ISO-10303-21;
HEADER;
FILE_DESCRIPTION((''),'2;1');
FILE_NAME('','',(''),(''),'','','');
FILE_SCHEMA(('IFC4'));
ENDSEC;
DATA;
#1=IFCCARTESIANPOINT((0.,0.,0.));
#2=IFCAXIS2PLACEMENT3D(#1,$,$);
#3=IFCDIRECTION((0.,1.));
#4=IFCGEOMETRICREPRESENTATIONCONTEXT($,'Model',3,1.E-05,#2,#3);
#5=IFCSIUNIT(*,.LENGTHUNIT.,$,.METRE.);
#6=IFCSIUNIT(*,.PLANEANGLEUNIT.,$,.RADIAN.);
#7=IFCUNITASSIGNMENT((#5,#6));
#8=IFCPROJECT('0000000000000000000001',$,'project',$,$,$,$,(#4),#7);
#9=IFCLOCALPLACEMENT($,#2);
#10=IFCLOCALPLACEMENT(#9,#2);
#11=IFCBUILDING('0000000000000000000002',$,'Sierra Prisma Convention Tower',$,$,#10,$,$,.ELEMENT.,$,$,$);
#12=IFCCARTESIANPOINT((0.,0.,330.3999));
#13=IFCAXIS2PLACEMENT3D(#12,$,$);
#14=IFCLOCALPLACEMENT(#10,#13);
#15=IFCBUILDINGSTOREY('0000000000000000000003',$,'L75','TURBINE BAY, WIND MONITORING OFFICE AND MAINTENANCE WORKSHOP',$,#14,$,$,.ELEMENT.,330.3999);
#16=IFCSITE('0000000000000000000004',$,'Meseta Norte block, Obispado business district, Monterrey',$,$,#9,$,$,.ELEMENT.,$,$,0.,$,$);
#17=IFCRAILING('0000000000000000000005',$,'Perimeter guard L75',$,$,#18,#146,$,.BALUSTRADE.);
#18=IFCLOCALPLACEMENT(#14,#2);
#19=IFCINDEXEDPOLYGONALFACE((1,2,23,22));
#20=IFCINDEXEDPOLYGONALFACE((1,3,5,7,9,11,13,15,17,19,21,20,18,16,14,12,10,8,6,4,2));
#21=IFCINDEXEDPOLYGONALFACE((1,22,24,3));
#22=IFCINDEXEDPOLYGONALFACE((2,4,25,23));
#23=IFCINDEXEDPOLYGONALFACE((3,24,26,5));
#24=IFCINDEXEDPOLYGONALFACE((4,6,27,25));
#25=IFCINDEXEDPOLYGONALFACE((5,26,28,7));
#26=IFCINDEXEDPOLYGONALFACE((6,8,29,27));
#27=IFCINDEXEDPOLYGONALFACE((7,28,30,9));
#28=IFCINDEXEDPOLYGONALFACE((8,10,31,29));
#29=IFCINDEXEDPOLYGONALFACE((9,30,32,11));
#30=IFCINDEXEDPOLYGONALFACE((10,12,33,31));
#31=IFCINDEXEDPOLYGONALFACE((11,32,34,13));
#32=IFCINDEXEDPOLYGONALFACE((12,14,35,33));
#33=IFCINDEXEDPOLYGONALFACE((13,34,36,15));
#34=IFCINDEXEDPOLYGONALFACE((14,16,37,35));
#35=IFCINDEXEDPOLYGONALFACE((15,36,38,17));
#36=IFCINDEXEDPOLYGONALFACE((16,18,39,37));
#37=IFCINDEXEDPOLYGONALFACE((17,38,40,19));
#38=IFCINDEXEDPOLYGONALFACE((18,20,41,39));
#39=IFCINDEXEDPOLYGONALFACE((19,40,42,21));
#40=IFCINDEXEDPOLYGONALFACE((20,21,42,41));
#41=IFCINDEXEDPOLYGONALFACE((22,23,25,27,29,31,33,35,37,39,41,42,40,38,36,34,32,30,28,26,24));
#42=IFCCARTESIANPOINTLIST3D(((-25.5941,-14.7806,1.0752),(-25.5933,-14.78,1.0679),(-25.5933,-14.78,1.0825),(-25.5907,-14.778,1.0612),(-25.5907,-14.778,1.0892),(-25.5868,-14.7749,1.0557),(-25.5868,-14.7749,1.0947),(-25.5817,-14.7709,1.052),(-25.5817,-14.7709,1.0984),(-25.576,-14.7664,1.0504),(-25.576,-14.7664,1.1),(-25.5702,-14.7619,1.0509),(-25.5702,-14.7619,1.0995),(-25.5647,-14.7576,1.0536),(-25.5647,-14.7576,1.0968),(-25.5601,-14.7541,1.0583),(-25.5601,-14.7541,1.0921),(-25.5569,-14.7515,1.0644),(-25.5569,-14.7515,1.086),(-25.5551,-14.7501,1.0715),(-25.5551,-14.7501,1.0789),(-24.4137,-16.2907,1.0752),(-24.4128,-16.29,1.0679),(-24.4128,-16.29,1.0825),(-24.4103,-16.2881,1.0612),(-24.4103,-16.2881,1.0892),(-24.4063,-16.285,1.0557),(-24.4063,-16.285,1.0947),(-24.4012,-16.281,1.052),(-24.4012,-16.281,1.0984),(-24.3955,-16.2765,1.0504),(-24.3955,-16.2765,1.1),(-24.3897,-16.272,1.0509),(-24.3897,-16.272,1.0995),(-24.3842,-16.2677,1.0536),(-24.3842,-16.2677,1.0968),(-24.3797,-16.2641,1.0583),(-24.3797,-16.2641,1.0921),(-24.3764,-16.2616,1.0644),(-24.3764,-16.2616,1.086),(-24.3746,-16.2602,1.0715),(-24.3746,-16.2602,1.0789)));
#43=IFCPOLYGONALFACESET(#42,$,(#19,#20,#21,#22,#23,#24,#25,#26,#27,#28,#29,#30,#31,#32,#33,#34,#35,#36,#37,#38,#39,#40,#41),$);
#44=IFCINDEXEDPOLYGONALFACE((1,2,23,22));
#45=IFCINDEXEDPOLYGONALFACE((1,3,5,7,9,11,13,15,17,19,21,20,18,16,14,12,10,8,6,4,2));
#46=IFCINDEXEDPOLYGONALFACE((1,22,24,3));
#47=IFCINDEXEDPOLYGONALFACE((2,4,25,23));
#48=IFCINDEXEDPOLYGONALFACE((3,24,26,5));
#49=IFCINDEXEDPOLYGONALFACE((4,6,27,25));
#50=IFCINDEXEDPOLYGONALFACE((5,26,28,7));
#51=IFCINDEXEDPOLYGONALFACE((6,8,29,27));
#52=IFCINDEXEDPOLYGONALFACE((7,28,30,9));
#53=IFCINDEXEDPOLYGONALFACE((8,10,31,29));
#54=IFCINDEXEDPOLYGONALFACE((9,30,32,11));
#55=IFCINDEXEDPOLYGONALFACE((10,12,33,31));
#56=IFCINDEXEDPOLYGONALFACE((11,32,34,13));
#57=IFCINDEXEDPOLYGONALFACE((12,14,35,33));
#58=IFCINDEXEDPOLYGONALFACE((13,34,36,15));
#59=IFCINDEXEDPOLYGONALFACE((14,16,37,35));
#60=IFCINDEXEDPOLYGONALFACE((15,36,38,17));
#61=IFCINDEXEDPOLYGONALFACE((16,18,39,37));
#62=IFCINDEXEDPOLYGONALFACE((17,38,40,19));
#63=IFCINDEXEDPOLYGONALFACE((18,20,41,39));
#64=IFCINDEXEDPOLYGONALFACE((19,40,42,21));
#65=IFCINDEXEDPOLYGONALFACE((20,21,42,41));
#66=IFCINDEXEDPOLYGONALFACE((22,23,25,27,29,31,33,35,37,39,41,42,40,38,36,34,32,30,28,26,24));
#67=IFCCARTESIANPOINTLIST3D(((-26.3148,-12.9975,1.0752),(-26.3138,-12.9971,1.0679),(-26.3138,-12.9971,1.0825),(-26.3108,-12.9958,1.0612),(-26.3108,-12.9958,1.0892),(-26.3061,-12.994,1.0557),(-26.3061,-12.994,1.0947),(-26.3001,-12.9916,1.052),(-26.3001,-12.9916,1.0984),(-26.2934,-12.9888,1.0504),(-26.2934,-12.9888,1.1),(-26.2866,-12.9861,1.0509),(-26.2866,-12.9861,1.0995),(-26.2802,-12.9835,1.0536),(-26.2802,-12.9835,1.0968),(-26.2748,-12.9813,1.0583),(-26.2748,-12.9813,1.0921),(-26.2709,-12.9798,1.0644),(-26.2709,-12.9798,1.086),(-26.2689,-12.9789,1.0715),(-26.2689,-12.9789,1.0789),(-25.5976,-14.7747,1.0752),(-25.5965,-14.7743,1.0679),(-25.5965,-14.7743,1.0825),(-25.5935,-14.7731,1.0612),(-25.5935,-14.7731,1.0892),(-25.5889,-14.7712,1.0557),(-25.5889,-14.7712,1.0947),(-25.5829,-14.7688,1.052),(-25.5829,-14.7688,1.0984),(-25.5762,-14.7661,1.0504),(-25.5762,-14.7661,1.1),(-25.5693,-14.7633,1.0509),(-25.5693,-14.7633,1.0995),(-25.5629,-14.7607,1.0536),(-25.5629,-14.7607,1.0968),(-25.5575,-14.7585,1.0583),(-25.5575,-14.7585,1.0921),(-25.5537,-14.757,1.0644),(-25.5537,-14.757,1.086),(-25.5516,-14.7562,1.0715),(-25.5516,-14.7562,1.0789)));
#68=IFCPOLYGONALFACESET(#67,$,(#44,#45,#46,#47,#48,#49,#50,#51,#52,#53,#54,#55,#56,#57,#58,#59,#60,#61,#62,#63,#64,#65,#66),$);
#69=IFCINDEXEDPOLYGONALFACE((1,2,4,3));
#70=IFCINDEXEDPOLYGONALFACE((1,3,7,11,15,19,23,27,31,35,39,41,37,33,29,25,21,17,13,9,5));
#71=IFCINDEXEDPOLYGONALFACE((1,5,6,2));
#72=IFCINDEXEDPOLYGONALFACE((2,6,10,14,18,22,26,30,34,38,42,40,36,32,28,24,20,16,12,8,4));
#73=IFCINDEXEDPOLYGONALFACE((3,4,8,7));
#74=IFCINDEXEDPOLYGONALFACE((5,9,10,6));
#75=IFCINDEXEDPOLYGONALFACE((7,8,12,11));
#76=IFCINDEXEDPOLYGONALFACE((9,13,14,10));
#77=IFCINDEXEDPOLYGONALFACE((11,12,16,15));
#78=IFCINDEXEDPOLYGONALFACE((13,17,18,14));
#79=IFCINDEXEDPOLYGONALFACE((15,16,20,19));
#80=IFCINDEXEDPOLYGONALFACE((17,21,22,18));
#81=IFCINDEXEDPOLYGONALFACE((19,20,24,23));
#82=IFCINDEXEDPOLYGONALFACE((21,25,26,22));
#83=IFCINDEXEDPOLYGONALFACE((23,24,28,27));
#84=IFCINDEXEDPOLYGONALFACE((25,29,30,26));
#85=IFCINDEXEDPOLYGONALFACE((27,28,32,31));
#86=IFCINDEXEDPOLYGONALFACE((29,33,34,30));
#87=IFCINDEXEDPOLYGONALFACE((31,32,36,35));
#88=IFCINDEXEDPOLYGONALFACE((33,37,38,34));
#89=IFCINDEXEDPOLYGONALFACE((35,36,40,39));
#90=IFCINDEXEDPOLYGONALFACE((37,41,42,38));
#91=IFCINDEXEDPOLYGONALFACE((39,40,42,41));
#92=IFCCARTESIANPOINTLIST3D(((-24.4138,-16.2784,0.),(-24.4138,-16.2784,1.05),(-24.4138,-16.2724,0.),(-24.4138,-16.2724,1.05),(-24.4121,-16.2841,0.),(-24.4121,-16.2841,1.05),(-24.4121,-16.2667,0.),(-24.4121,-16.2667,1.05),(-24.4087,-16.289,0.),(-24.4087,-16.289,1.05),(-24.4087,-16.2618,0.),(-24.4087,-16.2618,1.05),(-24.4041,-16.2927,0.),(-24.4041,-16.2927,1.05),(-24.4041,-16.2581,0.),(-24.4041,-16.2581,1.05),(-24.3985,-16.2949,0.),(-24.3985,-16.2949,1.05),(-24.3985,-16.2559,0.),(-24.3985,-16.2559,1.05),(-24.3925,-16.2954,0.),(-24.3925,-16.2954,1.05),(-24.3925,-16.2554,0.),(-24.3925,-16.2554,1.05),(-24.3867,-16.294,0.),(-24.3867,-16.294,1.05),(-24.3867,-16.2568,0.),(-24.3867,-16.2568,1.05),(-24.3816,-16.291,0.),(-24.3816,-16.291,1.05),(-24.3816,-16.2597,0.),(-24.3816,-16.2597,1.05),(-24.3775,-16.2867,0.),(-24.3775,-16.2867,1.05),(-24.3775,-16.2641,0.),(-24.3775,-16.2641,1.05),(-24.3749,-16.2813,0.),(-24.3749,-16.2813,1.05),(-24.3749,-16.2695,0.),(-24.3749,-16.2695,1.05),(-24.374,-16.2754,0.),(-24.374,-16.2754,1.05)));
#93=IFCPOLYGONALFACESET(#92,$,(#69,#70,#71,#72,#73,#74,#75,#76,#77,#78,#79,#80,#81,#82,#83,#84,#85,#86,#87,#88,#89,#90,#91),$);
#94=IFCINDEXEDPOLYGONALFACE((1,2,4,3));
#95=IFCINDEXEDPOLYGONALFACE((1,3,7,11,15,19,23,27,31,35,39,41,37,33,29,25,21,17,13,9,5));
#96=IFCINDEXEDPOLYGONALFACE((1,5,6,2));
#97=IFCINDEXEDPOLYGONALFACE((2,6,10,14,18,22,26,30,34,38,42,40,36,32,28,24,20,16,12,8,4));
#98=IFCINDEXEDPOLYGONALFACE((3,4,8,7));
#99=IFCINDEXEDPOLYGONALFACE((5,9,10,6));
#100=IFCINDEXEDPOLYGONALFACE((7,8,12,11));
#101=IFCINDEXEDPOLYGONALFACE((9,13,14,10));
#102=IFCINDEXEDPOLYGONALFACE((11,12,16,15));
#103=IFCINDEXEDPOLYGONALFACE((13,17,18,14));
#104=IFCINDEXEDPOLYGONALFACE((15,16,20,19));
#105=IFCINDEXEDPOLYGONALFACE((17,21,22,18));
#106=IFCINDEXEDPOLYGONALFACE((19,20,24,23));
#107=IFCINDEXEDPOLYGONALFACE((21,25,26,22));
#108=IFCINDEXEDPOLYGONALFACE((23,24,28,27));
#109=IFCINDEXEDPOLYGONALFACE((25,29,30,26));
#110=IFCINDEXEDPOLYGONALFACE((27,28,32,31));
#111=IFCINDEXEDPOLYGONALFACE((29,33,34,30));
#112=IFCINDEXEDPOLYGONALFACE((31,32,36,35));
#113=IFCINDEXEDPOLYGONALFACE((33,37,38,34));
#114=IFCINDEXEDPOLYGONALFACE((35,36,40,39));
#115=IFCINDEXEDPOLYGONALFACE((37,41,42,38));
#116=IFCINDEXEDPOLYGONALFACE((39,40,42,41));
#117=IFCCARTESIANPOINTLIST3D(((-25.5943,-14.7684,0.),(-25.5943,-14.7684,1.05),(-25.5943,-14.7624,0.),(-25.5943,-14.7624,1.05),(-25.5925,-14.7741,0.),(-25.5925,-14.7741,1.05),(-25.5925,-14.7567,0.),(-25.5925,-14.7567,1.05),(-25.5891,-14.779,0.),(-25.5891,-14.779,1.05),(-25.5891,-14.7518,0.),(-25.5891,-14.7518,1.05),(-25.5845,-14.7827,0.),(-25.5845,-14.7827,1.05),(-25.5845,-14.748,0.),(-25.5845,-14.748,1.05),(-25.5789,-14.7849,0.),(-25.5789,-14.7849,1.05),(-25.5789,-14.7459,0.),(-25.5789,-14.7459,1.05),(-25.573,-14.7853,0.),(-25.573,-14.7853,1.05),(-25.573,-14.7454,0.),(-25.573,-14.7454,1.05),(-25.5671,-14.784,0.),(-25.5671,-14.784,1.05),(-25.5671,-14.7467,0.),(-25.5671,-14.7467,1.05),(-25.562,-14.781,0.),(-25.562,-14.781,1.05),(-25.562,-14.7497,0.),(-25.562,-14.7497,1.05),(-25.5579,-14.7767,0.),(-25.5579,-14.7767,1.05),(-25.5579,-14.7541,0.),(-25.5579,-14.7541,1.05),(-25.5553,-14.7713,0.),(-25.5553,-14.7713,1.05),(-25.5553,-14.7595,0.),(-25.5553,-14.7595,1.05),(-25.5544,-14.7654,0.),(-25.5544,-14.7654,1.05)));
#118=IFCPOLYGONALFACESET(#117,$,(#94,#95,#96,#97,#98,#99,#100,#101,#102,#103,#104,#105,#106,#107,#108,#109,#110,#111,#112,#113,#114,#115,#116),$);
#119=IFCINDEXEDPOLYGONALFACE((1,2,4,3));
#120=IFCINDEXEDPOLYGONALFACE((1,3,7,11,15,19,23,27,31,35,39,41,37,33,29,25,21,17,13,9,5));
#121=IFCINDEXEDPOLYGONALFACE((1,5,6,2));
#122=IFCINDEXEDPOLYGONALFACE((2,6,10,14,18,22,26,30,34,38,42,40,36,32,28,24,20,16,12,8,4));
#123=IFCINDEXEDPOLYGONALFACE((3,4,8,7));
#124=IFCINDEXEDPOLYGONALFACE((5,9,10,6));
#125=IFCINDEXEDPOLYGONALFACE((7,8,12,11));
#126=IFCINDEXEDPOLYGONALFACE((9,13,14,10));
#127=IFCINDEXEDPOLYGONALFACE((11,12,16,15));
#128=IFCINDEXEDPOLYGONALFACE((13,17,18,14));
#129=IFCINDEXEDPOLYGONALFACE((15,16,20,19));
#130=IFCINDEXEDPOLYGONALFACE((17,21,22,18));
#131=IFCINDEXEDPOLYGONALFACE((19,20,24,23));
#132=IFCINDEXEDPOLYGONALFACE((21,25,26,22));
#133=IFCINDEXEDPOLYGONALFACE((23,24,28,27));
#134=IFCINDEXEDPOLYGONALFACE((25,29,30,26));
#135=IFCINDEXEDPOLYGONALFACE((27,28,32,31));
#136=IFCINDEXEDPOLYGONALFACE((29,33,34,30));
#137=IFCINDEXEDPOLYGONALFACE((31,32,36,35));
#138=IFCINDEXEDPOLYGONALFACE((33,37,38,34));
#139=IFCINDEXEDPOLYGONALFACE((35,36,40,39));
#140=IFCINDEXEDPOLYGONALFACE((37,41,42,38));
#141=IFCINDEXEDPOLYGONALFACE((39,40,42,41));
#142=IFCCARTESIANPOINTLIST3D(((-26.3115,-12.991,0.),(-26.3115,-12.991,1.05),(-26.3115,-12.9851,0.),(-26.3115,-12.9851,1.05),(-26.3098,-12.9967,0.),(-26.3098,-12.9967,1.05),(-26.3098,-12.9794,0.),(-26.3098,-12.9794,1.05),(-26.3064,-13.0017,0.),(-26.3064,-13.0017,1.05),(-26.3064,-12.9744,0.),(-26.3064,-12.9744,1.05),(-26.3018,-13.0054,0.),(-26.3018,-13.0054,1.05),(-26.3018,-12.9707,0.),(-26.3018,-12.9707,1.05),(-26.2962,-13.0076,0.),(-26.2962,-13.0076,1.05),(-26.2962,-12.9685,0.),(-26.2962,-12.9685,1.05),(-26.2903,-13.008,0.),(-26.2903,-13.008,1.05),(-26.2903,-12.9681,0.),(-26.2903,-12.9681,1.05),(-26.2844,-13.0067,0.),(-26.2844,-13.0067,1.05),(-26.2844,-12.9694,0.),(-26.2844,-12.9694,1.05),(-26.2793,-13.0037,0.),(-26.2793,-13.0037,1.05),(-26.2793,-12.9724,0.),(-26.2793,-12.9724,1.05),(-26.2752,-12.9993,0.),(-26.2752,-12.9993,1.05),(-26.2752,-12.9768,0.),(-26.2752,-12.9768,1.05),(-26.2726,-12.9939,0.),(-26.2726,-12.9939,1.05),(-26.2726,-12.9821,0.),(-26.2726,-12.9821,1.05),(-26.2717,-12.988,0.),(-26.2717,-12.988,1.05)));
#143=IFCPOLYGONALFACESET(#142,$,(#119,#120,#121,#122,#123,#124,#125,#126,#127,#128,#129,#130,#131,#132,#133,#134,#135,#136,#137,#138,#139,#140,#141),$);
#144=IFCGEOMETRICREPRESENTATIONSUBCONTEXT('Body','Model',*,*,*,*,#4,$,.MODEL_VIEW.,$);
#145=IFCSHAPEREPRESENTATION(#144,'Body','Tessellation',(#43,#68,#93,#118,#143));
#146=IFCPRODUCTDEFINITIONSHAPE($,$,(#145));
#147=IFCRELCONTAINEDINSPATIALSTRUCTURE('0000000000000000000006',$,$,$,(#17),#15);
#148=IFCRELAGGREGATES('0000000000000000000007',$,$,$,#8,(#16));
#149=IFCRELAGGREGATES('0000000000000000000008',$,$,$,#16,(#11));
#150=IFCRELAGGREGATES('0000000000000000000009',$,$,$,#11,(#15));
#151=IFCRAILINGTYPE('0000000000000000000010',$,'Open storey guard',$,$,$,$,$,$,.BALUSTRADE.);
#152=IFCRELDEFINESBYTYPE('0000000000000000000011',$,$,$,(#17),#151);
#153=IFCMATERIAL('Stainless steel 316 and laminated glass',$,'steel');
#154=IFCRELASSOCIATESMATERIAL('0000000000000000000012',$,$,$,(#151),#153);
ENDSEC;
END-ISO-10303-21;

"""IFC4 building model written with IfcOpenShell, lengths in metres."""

from ifc_helpers import new_model, si_unit, direction, frame, origin, origin_2d, place, context, subcontext, project, spatial, circle, extrude, material, type_object, element, save


model = new_model("IFC4")

# Units and contexts
model_context = context("Model", 3, precision=1e-05, world=origin(), true_north=direction((0.0, 1.0)))
body_context = subcontext(model_context, "Body", "Model", "MODEL_VIEW")
ifc_project = project(units=[si_unit("LENGTHUNIT", "METRE"), si_unit("PLANEANGLEUNIT", "RADIAN")], contexts=[model_context])

# Site, building, storey
site_placement = place(None, origin())
site = spatial("IfcSite", under=ifc_project, at=site_placement, Name="Meseta Norte block, Obispado business district, Monterrey", CompositionType="ELEMENT", RefElevation=0.0)
building_placement = place(site_placement, origin())
building = spatial("IfcBuilding", under=site, at=building_placement, Name="Sierra Prisma Convention Tower", CompositionType="ELEMENT")
storey_placement = place(building_placement, frame((0.0, 0.0, 330.3999)))
storey = spatial("IfcBuildingStorey", under=building, at=storey_placement, Name="L75", Description="TURBINE BAY, WIND MONITORING OFFICE AND MAINTENANCE WORKSHOP", CompositionType="ELEMENT", Elevation=330.3999)

# Railing
ifc_material_1 = material(Name="Stainless steel 316 and laminated glass", Category="steel")
railing_type = type_object("IfcRailingType", Name="Open storey guard", PredefinedType="BALUSTRADE", material=ifc_material_1)
railing_1_placement = place(storey_placement, frame((-24.394, -16.2754, 0.0)))
element("IfcRailing", 1, at=railing_1_placement, inside=storey, type_object=railing_type, Name="Perimeter guard L75", PredefinedType="BALUSTRADE", context=body_context, shape_type="SweptSolid", body=[
    extrude(circle(Radius=0.0249, at=origin_2d()), frame((0.0, 0.0, 1.0752), z_axis=(-0.615879, 0.787841, 0.0), x_axis=(-0.787841, -0.615879, 0.0)), (0.0, 0.0, 1.0), 1.9167),
    extrude(circle(Radius=0.0249, at=origin_2d()), frame((-1.1804, 1.51, 1.0752), z_axis=(-0.374244, 0.92733, 0.0), x_axis=(-0.92733, -0.374244, 0.0)), (0.0, 0.0, 1.0), 1.9165),
    extrude(circle(Radius=0.02, at=origin_2d()), origin(), (0.0, 0.0, 1.0), 1.05),
    extrude(circle(Radius=0.02, at=origin_2d()), frame((-1.1804, 1.51, 0.0)), (0.0, 0.0, 1.0), 1.05),
    extrude(circle(Radius=0.02, at=origin_2d()), frame((-1.8977, 3.2874, 0.0)), (0.0, 0.0, 1.0), 1.05),
])

save(model, "model.ifc")
